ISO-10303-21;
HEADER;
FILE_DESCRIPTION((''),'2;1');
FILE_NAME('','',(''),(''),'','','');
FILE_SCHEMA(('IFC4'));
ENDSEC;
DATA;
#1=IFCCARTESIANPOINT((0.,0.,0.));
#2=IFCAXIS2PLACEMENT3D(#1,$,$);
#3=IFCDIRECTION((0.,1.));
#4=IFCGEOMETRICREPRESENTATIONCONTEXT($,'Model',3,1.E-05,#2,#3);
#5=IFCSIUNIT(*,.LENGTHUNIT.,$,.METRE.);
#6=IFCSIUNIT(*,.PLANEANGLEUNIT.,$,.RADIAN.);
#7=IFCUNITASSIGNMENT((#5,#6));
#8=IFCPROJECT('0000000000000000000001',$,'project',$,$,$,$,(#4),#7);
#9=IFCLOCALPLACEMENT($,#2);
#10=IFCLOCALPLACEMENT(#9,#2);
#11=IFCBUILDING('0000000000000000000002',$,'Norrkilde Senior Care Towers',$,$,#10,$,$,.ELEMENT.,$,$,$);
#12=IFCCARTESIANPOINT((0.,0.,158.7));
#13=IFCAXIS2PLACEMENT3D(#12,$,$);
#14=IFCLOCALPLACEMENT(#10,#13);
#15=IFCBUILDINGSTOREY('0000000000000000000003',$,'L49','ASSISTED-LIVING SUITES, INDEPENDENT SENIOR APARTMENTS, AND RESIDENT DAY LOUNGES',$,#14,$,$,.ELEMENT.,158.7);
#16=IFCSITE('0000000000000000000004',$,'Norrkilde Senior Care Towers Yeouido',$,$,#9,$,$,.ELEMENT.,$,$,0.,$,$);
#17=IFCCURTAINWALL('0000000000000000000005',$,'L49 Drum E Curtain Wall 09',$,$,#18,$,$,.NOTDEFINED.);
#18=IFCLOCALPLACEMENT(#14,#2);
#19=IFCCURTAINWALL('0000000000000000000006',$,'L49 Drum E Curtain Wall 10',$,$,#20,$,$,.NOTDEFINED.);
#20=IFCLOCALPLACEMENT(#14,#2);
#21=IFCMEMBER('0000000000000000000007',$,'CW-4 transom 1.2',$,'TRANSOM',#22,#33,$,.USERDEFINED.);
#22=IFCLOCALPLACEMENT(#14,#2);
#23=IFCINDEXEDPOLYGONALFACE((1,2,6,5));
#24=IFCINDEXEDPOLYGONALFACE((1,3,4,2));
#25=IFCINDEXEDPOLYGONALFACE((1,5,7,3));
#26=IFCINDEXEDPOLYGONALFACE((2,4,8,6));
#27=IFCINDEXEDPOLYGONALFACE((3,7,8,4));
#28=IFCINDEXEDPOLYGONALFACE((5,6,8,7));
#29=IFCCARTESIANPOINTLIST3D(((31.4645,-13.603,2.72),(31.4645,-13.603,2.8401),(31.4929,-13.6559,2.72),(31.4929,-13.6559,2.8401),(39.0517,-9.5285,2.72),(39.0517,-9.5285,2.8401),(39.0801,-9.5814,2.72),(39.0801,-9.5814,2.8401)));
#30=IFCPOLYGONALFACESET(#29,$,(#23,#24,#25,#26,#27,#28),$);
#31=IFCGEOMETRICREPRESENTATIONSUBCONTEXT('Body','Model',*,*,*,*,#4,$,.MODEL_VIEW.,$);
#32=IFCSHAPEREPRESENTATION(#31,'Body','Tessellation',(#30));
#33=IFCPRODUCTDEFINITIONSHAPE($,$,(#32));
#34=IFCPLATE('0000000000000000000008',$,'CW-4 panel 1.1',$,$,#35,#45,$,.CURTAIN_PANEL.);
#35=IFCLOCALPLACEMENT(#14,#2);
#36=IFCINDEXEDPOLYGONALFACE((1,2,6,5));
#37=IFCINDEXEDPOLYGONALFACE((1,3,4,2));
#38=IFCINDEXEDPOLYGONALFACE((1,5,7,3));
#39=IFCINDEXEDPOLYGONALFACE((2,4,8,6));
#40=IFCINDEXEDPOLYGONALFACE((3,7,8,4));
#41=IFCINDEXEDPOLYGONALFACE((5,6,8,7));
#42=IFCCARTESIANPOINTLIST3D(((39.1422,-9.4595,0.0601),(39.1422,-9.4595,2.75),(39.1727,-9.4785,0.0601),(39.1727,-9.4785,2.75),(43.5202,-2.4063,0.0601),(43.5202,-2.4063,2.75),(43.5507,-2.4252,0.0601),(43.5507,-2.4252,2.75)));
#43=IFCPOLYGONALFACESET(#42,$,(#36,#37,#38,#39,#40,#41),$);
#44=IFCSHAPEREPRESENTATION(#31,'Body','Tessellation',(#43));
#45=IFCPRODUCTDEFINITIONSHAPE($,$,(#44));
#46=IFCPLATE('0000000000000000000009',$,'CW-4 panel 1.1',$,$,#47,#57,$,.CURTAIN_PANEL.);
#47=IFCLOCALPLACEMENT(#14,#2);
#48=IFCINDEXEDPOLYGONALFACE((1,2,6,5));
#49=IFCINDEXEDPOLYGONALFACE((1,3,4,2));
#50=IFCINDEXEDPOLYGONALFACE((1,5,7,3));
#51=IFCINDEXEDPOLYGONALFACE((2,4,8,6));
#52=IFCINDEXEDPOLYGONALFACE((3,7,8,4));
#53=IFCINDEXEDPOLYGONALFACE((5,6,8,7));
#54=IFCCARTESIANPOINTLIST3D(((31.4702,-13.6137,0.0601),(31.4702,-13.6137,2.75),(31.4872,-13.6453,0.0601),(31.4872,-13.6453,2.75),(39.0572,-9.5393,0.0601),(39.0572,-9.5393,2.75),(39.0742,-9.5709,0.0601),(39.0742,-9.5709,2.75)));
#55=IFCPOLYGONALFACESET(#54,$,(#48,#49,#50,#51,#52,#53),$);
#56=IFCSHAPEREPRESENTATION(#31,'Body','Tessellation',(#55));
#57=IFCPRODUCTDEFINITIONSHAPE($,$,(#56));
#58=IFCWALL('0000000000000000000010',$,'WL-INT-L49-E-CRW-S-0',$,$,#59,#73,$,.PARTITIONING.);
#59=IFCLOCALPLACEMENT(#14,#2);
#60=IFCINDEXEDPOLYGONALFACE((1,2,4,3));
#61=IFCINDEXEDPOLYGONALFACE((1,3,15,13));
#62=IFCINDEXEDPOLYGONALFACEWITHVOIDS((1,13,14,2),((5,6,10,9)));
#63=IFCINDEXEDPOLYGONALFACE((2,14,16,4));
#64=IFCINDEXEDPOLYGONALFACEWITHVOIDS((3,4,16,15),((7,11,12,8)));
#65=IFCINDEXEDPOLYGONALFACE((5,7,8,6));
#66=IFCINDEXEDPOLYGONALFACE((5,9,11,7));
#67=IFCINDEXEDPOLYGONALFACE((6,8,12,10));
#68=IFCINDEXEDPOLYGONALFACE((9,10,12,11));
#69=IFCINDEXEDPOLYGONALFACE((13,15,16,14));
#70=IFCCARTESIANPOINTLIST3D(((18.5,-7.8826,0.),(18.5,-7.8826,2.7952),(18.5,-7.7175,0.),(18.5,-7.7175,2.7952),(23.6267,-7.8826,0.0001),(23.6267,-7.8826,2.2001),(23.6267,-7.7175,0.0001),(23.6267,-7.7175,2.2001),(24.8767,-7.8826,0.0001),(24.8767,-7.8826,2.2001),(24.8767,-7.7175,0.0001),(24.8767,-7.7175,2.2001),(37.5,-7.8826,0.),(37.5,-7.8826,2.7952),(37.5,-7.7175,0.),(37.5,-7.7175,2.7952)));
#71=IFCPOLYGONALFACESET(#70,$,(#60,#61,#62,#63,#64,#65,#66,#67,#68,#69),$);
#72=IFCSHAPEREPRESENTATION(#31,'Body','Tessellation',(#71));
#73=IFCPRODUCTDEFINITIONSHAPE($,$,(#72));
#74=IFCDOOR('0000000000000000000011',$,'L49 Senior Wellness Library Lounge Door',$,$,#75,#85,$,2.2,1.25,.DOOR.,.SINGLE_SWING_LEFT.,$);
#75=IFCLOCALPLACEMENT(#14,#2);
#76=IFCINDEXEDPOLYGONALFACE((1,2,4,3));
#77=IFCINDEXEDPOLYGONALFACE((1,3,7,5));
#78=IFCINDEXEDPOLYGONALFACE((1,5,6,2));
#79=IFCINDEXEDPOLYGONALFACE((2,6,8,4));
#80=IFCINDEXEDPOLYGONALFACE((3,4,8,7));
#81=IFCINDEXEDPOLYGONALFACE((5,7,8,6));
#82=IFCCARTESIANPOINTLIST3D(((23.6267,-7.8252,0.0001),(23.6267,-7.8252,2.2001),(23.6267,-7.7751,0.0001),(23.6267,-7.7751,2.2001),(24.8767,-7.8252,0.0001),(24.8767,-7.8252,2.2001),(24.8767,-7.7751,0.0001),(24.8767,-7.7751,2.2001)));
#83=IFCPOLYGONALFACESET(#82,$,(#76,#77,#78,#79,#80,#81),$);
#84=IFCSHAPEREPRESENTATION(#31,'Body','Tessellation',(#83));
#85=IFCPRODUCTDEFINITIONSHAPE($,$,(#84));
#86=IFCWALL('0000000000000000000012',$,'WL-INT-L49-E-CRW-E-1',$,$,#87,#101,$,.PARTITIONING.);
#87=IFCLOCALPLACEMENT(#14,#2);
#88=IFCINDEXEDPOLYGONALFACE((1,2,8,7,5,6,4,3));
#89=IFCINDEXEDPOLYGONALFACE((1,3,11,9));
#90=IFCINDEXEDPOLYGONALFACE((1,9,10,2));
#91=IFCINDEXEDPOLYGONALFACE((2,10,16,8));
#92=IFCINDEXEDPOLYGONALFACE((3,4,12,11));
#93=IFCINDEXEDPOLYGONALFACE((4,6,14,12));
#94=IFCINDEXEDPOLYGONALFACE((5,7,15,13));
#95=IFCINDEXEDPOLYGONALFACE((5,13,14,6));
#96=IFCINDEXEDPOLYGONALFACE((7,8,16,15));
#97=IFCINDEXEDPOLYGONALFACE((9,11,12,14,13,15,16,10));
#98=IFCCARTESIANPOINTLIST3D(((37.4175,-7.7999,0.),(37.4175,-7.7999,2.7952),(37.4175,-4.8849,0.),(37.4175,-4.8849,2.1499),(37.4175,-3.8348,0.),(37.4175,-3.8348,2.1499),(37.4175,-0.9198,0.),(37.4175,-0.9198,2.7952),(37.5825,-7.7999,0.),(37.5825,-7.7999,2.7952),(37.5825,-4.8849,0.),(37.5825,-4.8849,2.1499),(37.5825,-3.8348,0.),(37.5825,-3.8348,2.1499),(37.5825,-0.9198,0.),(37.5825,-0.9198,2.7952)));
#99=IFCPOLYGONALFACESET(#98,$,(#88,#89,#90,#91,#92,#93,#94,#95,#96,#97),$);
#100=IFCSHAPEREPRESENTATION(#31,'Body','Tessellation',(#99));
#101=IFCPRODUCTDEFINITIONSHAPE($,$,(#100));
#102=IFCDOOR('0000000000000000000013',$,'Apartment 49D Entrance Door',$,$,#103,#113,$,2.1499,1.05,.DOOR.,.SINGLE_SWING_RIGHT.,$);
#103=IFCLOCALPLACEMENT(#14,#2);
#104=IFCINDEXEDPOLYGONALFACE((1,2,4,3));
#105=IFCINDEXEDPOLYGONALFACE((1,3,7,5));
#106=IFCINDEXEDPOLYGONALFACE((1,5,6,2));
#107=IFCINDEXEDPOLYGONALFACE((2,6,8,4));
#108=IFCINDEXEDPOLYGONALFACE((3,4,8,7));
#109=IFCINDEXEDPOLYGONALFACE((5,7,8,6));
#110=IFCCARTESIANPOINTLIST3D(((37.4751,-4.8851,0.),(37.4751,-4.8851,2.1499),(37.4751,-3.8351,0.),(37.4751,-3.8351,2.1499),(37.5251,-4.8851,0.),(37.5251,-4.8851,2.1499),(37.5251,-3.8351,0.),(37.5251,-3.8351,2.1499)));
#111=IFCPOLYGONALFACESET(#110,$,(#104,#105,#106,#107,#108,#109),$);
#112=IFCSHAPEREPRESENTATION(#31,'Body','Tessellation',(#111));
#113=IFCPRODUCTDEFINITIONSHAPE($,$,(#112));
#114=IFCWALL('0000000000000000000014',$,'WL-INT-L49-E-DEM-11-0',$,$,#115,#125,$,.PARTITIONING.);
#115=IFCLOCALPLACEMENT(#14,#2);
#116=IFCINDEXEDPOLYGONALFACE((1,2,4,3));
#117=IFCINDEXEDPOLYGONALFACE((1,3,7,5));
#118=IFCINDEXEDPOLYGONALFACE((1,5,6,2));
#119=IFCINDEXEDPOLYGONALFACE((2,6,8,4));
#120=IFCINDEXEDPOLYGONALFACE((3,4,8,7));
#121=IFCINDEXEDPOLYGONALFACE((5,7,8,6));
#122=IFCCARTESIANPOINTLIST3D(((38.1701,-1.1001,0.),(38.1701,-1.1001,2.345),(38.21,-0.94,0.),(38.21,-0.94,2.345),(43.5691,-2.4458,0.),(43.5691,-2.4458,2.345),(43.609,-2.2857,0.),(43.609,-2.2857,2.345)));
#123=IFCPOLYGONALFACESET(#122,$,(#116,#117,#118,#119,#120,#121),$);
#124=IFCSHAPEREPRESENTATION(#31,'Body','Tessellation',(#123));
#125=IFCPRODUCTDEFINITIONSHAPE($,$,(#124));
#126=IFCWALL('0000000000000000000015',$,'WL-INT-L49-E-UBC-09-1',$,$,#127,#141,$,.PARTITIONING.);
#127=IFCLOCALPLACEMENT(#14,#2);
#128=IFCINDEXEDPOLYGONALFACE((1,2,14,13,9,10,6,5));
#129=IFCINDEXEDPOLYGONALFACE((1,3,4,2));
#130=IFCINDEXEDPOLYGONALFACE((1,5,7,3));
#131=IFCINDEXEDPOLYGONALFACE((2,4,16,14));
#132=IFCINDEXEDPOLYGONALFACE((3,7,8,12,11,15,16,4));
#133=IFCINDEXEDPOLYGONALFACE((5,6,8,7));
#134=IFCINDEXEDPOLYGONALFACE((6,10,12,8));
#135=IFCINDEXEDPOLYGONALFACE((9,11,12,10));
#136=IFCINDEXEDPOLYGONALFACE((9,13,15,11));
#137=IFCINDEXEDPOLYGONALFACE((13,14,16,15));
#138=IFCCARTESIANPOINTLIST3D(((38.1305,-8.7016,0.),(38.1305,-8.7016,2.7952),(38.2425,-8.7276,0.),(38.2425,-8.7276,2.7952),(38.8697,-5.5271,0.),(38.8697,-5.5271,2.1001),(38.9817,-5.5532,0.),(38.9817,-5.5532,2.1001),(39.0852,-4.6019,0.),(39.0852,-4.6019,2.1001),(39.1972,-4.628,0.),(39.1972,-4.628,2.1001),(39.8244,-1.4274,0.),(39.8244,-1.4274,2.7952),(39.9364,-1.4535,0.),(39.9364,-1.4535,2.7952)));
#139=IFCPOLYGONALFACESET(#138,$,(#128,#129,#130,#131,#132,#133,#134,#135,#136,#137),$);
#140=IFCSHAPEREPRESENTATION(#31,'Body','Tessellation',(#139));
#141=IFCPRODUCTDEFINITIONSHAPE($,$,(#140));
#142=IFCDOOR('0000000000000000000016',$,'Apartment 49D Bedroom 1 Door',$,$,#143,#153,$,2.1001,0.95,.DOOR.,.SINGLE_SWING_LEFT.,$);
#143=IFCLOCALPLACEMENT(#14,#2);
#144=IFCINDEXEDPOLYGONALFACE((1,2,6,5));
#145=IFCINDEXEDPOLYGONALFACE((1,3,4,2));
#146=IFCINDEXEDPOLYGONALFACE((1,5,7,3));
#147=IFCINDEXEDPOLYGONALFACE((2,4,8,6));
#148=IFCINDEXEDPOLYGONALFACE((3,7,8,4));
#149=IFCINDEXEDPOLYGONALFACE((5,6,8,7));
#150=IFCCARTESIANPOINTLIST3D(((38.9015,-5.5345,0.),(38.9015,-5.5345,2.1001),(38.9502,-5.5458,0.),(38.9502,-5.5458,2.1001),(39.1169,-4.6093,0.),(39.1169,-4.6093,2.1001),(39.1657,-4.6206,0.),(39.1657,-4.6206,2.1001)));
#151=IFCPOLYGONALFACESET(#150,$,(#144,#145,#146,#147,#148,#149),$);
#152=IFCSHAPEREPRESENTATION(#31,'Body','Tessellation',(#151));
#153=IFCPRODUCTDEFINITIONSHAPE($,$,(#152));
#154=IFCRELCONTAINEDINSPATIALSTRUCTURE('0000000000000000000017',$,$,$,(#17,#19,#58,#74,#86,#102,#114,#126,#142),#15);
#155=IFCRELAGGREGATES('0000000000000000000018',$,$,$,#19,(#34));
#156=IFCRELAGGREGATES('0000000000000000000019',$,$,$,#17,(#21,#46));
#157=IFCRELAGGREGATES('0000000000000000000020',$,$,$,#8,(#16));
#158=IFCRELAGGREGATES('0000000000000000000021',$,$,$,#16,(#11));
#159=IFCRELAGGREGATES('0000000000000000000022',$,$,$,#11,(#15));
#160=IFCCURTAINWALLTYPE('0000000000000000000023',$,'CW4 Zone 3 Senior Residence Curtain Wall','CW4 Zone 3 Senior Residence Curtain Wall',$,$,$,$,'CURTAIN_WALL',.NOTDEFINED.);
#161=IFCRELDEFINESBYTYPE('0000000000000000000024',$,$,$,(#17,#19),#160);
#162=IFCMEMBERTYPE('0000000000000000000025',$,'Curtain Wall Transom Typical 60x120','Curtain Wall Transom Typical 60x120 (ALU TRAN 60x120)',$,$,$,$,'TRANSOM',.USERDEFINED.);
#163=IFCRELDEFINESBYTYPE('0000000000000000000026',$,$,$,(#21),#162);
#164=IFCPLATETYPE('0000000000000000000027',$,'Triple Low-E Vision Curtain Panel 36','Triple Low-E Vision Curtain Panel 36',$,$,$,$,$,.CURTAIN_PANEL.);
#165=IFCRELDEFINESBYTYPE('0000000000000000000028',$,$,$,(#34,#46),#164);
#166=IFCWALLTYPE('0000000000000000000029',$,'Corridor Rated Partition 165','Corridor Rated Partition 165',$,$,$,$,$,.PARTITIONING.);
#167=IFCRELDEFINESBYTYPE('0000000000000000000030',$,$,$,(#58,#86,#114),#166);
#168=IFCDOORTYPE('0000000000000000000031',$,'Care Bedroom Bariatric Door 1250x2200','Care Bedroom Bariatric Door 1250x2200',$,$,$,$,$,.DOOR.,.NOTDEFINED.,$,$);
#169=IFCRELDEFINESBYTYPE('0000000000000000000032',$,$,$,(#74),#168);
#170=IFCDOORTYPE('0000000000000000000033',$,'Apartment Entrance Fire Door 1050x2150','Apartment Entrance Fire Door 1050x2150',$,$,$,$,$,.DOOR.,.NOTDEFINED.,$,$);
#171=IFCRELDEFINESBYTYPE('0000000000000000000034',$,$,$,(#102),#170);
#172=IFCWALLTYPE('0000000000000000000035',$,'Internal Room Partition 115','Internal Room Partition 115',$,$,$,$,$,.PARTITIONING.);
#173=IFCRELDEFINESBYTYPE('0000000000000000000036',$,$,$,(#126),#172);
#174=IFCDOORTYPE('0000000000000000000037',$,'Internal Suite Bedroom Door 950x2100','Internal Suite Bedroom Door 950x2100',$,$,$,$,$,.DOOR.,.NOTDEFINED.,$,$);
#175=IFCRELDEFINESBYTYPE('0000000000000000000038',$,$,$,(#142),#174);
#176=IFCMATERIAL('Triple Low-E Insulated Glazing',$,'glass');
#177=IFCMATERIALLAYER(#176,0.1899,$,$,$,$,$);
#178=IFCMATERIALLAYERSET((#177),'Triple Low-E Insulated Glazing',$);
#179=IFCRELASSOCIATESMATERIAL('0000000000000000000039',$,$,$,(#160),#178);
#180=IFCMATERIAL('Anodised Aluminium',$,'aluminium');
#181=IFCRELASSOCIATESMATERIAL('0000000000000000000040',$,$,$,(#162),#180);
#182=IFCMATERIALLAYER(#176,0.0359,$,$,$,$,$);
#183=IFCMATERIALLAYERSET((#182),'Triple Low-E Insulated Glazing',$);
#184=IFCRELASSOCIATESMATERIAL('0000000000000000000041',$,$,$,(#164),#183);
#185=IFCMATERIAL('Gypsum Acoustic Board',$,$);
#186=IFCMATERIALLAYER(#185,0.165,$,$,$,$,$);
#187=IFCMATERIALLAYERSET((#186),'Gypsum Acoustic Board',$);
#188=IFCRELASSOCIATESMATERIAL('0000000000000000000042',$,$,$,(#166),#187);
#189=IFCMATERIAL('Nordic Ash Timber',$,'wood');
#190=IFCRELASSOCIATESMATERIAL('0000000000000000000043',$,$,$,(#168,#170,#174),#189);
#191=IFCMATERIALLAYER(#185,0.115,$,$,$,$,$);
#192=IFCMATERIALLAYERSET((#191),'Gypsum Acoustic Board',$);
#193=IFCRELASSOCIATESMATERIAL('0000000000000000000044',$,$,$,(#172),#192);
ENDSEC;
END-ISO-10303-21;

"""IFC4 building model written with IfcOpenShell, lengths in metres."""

from ifc_helpers import new_model, si_unit, direction, frame, frame_2d, origin, origin_2d, place, context, subcontext, project, spatial, rectangle, extrude, source, transform, mapped, material, layer, layer_set, material_profile, profile_set, type_object, type_shapes, element, fill, aggregate, save


model = new_model("IFC4")

# Units and contexts
model_context = context("Model", 3, precision=1e-05, world=origin(), true_north=direction((0.0, 1.0)))
body_context = subcontext(model_context, "Body", "Model", "MODEL_VIEW")
ifc_project = project(units=[si_unit("LENGTHUNIT", "METRE"), si_unit("PLANEANGLEUNIT", "RADIAN")], contexts=[model_context])

# Site, building, storey
site_placement = place(None, origin())
site = spatial("IfcSite", under=ifc_project, at=site_placement, Name="Norrkilde Senior Care Towers Yeouido", CompositionType="ELEMENT", RefElevation=0.0)
building_placement = place(site_placement, origin())
building = spatial("IfcBuilding", under=site, at=building_placement, Name="Norrkilde Senior Care Towers", CompositionType="ELEMENT")
storey_placement = place(building_placement, frame((0.0, 0.0, 158.7)))
storey = spatial("IfcBuildingStorey", under=building, at=storey_placement, Name="L49", Description="ASSISTED-LIVING SUITES, INDEPENDENT SENIOR APARTMENTS, AND RESIDENT DAY LOUNGES", CompositionType="ELEMENT", Elevation=158.7)

# Curtain wall
ifc_material_1 = material(Name="Triple Low-E Insulated Glazing", Category="glass")
ifc_layer_1 = layer(ifc_material_1, 0.1899)
ifc_layer_set_1 = layer_set([ifc_layer_1], Name="Triple Low-E Insulated Glazing")
curtain_wall_type = type_object("IfcCurtainWallType", Name="CW4 Zone 3 Senior Residence Curtain Wall", Description="CW4 Zone 3 Senior Residence Curtain Wall", ElementType="CURTAIN_WALL", PredefinedType="NOTDEFINED", material=ifc_layer_set_1)
curtain_wall_1_placement = place(storey_placement, origin())
curtain_wall_1 = element("IfcCurtainWall", 1, at=curtain_wall_1_placement, inside=storey, type_object=curtain_wall_type, Name="L49 Drum E Curtain Wall 09", PredefinedType="NOTDEFINED")
ifc_material_2 = material(Name="Anodised Aluminium", Category="aluminium")

# Curtain wall
curtain_wall_2_placement = place(storey_placement, origin())
curtain_wall_2 = element("IfcCurtainWall", 2, at=curtain_wall_2_placement, inside=storey, type_object=curtain_wall_type, Name="L49 Drum E Curtain Wall 10", PredefinedType="NOTDEFINED")
ifc_material_profile_1 = material_profile(ifc_material_2, rectangle(XDim=0.0601, YDim=0.1201, at=origin_2d()), Name="ALU TRAN 60x120")
ifc_profile_set_1 = profile_set([ifc_material_profile_1], Name="Anodised Aluminium")
member_type_1 = type_object("IfcMemberType", Name="Curtain Wall Transom Typical 60x120", Description="Curtain Wall Transom Typical 60x120 (ALU TRAN 60x120)", ElementType="TRANSOM", PredefinedType="USERDEFINED", material=ifc_profile_set_1)

# Member
shared_shape_1 = source(origin(), body_context, "Body", "SweptSolid", [
    extrude(rectangle(XDim=0.0601, YDim=0.1201, at=origin_2d()), origin(), (0.0, 0.0, 1.0), 8.6121),
])
member_1_placement = place(storey_placement, frame((39.0659, -9.5549, 2.78), z_axis=(-0.881, -0.473116, 0.0), x_axis=(0.473116, -0.881, 0.0)))
member_1 = element("IfcMember", 3, at=member_1_placement, type_object=member_type_1, Name="CW-4 transom 1.2", ObjectType="TRANSOM", PredefinedType="USERDEFINED", context=body_context, shape_type="MappedRepresentation", body=[
    mapped(shared_shape_1, transform((0.0, 0.0, 0.0), x_axis=(1.0, 0.0, 0.0), y_axis=(0.0, 1.0, 0.0), z_axis=(0.0, 0.0, 1.0), scale=1.0)),
])

# Plates
ifc_layer_2 = layer(ifc_material_1, 0.0359)
ifc_layer_set_2 = layer_set([ifc_layer_2], Name="Triple Low-E Insulated Glazing")
plate_type = type_object("IfcPlateType", Name="Triple Low-E Vision Curtain Panel 36", Description="Triple Low-E Vision Curtain Panel 36", PredefinedType="CURTAIN_PANEL", material=ifc_layer_set_2)
shared_shape_2 = source(origin(), body_context, "Body", "SweptSolid", [
    extrude(rectangle(XDim=8.3015, YDim=0.0359, at=origin_2d()), origin(), (0.0, 0.0, 1.0), 2.6899),
])
plate_1_placement = place(storey_placement, frame((41.3464, -5.9424, 0.0601), z_axis=(0.0, 0.0, 1.0), x_axis=(-0.527373, -0.849634, 0.0)))
plate_1 = element("IfcPlate", 4, at=plate_1_placement, type_object=plate_type, Name="CW-4 panel 1.1", PredefinedType="CURTAIN_PANEL", context=body_context, shape_type="MappedRepresentation", body=[
    mapped(shared_shape_2, transform((0.0, 0.0, 0.0), x_axis=(1.0, 0.0, 0.0), y_axis=(0.0, 1.0, 0.0), z_axis=(0.0, 0.0, 1.0), scale=1.0)),
])
aggregate(curtain_wall_2, [plate_1])
shared_shape_3 = source(origin(), body_context, "Body", "SweptSolid", [
    extrude(rectangle(XDim=8.6118, YDim=0.0359, at=origin_2d()), origin(), (0.0, 0.0, 1.0), 2.6899),
])
type_shapes(plate_type, [shared_shape_2, shared_shape_3])
plate_2_placement = place(storey_placement, frame((35.2722, -11.5923, 0.0601), z_axis=(0.0, 0.0, 1.0), x_axis=(-0.881, -0.473117, 0.0)))
plate_2 = element("IfcPlate", 5, at=plate_2_placement, type_object=plate_type, Name="CW-4 panel 1.1", PredefinedType="CURTAIN_PANEL", context=body_context, shape_type="MappedRepresentation", body=[
    mapped(shared_shape_3, transform((0.0, 0.0, 0.0), x_axis=(1.0, 0.0, 0.0), y_axis=(0.0, 1.0, 0.0), z_axis=(0.0, 0.0, 1.0), scale=1.0)),
])
aggregate(curtain_wall_1, [member_1, plate_2])

# Walls, openings, doors
ifc_material_3 = material(Name="Gypsum Acoustic Board")
ifc_layer_3 = layer(ifc_material_3, 0.165)
ifc_layer_set_3 = layer_set([ifc_layer_3], Name="Gypsum Acoustic Board")
wall_type_1 = type_object("IfcWallType", Name="Corridor Rated Partition 165", Description="Corridor Rated Partition 165", PredefinedType="PARTITIONING", material=ifc_layer_set_3)
shared_shape_4 = source(origin(), body_context, "Body", "SweptSolid", [
    extrude(rectangle(XDim=19.0, YDim=0.165, at=frame_2d((9.5, 0.0))), origin(), (0.0, 0.0, 1.0), 2.7952),
])
wall_1_placement = place(storey_placement, frame((37.5, -7.8, 0.0), z_axis=(0.0, 0.0, 1.0), x_axis=(-1.0, 0.0, 0.0)))
wall_1 = element("IfcWall", 6, at=wall_1_placement, inside=storey, type_object=wall_type_1, Name="WL-INT-L49-E-CRW-S-0", PredefinedType="PARTITIONING", context=body_context, shape_type="MappedRepresentation", body=[
    mapped(shared_shape_4, transform((0.0, 0.0, 0.0), x_axis=(1.0, 0.0, 0.0), y_axis=(0.0, 1.0, 0.0), z_axis=(0.0, 0.0, 1.0), scale=1.0)),
])
opening_1_placement = place(wall_1_placement, frame((12.6233, 0.0, 0.0)))
opening_1 = element("IfcOpeningElement", 7, at=opening_1_placement, cuts=wall_1, PredefinedType="OPENING", context=body_context, shape_type="SweptSolid", body=[
    extrude(rectangle(XDim=1.25, YDim=2.2, at=frame_2d((0.625, 1.1001))), frame((0.0, 0.0925, 0.0), z_axis=(0.0, -1.0, 0.0), x_axis=(1.0, 0.0, 0.0)), (0.0, 0.0, 1.0), 0.1851),
])
ifc_material_4 = material(Name="Nordic Ash Timber", Category="wood")
door_type_1 = type_object("IfcDoorType", Name="Care Bedroom Bariatric Door 1250x2200", Description="Care Bedroom Bariatric Door 1250x2200", OperationType="NOTDEFINED", PredefinedType="DOOR", material=ifc_material_4)
shared_shape_5 = source(origin(), body_context, "Body", "SweptSolid", [
    extrude(rectangle(XDim=1.25, YDim=2.2, at=frame_2d((0.625, 1.1001))), frame((0.0, 0.0249, 0.0), z_axis=(0.0, -1.0, 0.0), x_axis=(1.0, 0.0, 0.0)), (0.0, 0.0, 1.0), 0.05),
])
type_shapes(door_type_1, [shared_shape_5])
door_1_placement = place(opening_1_placement, frame((1.25, 0.0, 0.0), z_axis=(0.0, 0.0, 1.0), x_axis=(-1.0, 0.0, 0.0)))
door_1 = element("IfcDoor", 8, at=door_1_placement, inside=storey, type_object=door_type_1, Name="L49 Senior Wellness Library Lounge Door", OperationType="SINGLE_SWING_LEFT", OverallHeight=2.2, OverallWidth=1.25, PredefinedType="DOOR", context=body_context, shape_type="MappedRepresentation", body=[
    mapped(shared_shape_5, transform((0.0, 0.0, 0.0), x_axis=(1.0, 0.0, 0.0), y_axis=(0.0, 1.0, 0.0), z_axis=(0.0, 0.0, 1.0), scale=1.0)),
])
fill(opening_1, door_1)
shared_shape_6 = source(origin(), body_context, "Body", "SweptSolid", [
    extrude(rectangle(XDim=6.8801, YDim=0.165, at=frame_2d((3.4399, 0.0))), origin(), (0.0, 0.0, 1.0), 2.7952),
])
wall_2_placement = place(storey_placement, frame((37.5, -0.9199, 0.0), z_axis=(0.0, 0.0, 1.0), x_axis=(0.0, -1.0, 0.0)))
wall_2 = element("IfcWall", 9, at=wall_2_placement, inside=storey, type_object=wall_type_1, Name="WL-INT-L49-E-CRW-E-1", PredefinedType="PARTITIONING", context=body_context, shape_type="MappedRepresentation", body=[
    mapped(shared_shape_6, transform((0.0, 0.0, 0.0), x_axis=(1.0, 0.0, 0.0), y_axis=(0.0, 1.0, 0.0), z_axis=(0.0, 0.0, 1.0), scale=1.0)),
])
opening_2_placement = place(wall_2_placement, frame((2.915, 0.0, 0.0)))
opening_2 = element("IfcOpeningElement", 10, at=opening_2_placement, cuts=wall_2, PredefinedType="OPENING", context=body_context, shape_type="SweptSolid", body=[
    extrude(rectangle(XDim=1.05, YDim=2.1499, at=frame_2d((0.5249, 1.075))), frame((0.0, 0.0925, 0.0), z_axis=(0.0, -1.0, 0.0), x_axis=(1.0, 0.0, 0.0)), (0.0, 0.0, 1.0), 0.1851),
])
door_type_2 = type_object("IfcDoorType", Name="Apartment Entrance Fire Door 1050x2150", Description="Apartment Entrance Fire Door 1050x2150", OperationType="NOTDEFINED", PredefinedType="DOOR", material=ifc_material_4)
shared_shape_7 = source(origin(), body_context, "Body", "SweptSolid", [
    extrude(rectangle(XDim=1.05, YDim=2.1499, at=frame_2d((0.5249, 1.075))), frame((0.0, 0.0249, 0.0), z_axis=(0.0, -1.0, 0.0), x_axis=(1.0, 0.0, 0.0)), (0.0, 0.0, 1.0), 0.05),
])
type_shapes(door_type_2, [shared_shape_7])
door_2_placement = place(opening_2_placement, frame((1.05, 0.0, 0.0), z_axis=(0.0, 0.0, 1.0), x_axis=(-1.0, 0.0, 0.0)))
door_2 = element("IfcDoor", 11, at=door_2_placement, inside=storey, type_object=door_type_2, Name="Apartment 49D Entrance Door", OperationType="SINGLE_SWING_RIGHT", OverallHeight=2.1499, OverallWidth=1.05, PredefinedType="DOOR", context=body_context, shape_type="MappedRepresentation", body=[
    mapped(shared_shape_7, transform((0.0, 0.0, 0.0), x_axis=(1.0, 0.0, 0.0), y_axis=(0.0, 1.0, 0.0), z_axis=(0.0, 0.0, 1.0), scale=1.0)),
])
fill(opening_2, door_2)

# Wall
shared_shape_8 = source(origin(), body_context, "Body", "SweptSolid", [
    extrude(rectangle(XDim=5.5642, YDim=0.165, at=frame_2d((2.7822, 0.0))), origin(), (0.0, 0.0, 1.0), 2.345),
])
type_shapes(wall_type_1, [shared_shape_4, shared_shape_6, shared_shape_8])
wall_3_placement = place(storey_placement, frame((38.1899, -1.02, 0.0), z_axis=(0.0, 0.0, 1.0), x_axis=(0.970313, -0.241854, 0.0)))
element("IfcWall", 12, at=wall_3_placement, inside=storey, type_object=wall_type_1, Name="WL-INT-L49-E-DEM-11-0", PredefinedType="PARTITIONING", context=body_context, shape_type="MappedRepresentation", body=[
    mapped(shared_shape_8, transform((0.0, 0.0, 0.0), x_axis=(1.0, 0.0, 0.0), y_axis=(0.0, 1.0, 0.0), z_axis=(0.0, 0.0, 1.0), scale=1.0)),
])

# Wall, opening, door
ifc_layer_4 = layer(ifc_material_3, 0.115)
ifc_layer_set_4 = layer_set([ifc_layer_4], Name="Gypsum Acoustic Board")
wall_type_2 = type_object("IfcWallType", Name="Internal Room Partition 115", Description="Internal Room Partition 115", PredefinedType="PARTITIONING", material=ifc_layer_set_4)
shared_shape_9 = source(origin(), body_context, "Body", "SweptSolid", [
    extrude(rectangle(XDim=7.4688, YDim=0.115, at=frame_2d((3.7344, 0.0))), origin(), (0.0, 0.0, 1.0), 2.7952),
])
wall_4_placement = place(storey_placement, frame((38.1865, -8.7146, 0.0), z_axis=(0.0, 0.0, 1.0), x_axis=(0.22679, 0.973944, 0.0)))
wall_4 = element("IfcWall", 13, at=wall_4_placement, inside=storey, type_object=wall_type_2, Name="WL-INT-L49-E-UBC-09-1", PredefinedType="PARTITIONING", context=body_context, shape_type="MappedRepresentation", body=[
    mapped(shared_shape_9, transform((0.0, 0.0, 0.0), x_axis=(1.0, 0.0, 0.0), y_axis=(0.0, 1.0, 0.0), z_axis=(0.0, 0.0, 1.0), scale=1.0)),
])
opening_3_placement = place(wall_4_placement, frame((3.2593, 0.0, 0.0)))
opening_3 = element("IfcOpeningElement", 14, at=opening_3_placement, cuts=wall_4, PredefinedType="OPENING", context=body_context, shape_type="SweptSolid", body=[
    extrude(rectangle(XDim=0.95, YDim=2.1001, at=frame_2d((0.4751, 1.05))), frame((0.0, 0.0674, 0.0), z_axis=(0.0, -1.0, 0.0), x_axis=(1.0, 0.0, 0.0)), (0.0, 0.0, 1.0), 0.135),
])
door_type_3 = type_object("IfcDoorType", Name="Internal Suite Bedroom Door 950x2100", Description="Internal Suite Bedroom Door 950x2100", OperationType="NOTDEFINED", PredefinedType="DOOR", material=ifc_material_4)
shared_shape_10 = source(origin(), body_context, "Body", "SweptSolid", [
    extrude(rectangle(XDim=0.95, YDim=2.1001, at=frame_2d((0.4751, 1.05))), frame((0.0, 0.0249, 0.0), z_axis=(0.0, -1.0, 0.0), x_axis=(1.0, 0.0, 0.0)), (0.0, 0.0, 1.0), 0.05),
])
type_shapes(door_type_3, [shared_shape_10])
door_3_placement = place(opening_3_placement, origin())
door_3 = element("IfcDoor", 15, at=door_3_placement, inside=storey, type_object=door_type_3, Name="Apartment 49D Bedroom 1 Door", OperationType="SINGLE_SWING_LEFT", OverallHeight=2.1001, OverallWidth=0.95, PredefinedType="DOOR", context=body_context, shape_type="MappedRepresentation", body=[
    mapped(shared_shape_10, transform((0.0, 0.0, 0.0), x_axis=(1.0, 0.0, 0.0), y_axis=(0.0, 1.0, 0.0), z_axis=(0.0, 0.0, 1.0), scale=1.0)),
])
fill(opening_3, door_3)

save(model, "model.ifc")
